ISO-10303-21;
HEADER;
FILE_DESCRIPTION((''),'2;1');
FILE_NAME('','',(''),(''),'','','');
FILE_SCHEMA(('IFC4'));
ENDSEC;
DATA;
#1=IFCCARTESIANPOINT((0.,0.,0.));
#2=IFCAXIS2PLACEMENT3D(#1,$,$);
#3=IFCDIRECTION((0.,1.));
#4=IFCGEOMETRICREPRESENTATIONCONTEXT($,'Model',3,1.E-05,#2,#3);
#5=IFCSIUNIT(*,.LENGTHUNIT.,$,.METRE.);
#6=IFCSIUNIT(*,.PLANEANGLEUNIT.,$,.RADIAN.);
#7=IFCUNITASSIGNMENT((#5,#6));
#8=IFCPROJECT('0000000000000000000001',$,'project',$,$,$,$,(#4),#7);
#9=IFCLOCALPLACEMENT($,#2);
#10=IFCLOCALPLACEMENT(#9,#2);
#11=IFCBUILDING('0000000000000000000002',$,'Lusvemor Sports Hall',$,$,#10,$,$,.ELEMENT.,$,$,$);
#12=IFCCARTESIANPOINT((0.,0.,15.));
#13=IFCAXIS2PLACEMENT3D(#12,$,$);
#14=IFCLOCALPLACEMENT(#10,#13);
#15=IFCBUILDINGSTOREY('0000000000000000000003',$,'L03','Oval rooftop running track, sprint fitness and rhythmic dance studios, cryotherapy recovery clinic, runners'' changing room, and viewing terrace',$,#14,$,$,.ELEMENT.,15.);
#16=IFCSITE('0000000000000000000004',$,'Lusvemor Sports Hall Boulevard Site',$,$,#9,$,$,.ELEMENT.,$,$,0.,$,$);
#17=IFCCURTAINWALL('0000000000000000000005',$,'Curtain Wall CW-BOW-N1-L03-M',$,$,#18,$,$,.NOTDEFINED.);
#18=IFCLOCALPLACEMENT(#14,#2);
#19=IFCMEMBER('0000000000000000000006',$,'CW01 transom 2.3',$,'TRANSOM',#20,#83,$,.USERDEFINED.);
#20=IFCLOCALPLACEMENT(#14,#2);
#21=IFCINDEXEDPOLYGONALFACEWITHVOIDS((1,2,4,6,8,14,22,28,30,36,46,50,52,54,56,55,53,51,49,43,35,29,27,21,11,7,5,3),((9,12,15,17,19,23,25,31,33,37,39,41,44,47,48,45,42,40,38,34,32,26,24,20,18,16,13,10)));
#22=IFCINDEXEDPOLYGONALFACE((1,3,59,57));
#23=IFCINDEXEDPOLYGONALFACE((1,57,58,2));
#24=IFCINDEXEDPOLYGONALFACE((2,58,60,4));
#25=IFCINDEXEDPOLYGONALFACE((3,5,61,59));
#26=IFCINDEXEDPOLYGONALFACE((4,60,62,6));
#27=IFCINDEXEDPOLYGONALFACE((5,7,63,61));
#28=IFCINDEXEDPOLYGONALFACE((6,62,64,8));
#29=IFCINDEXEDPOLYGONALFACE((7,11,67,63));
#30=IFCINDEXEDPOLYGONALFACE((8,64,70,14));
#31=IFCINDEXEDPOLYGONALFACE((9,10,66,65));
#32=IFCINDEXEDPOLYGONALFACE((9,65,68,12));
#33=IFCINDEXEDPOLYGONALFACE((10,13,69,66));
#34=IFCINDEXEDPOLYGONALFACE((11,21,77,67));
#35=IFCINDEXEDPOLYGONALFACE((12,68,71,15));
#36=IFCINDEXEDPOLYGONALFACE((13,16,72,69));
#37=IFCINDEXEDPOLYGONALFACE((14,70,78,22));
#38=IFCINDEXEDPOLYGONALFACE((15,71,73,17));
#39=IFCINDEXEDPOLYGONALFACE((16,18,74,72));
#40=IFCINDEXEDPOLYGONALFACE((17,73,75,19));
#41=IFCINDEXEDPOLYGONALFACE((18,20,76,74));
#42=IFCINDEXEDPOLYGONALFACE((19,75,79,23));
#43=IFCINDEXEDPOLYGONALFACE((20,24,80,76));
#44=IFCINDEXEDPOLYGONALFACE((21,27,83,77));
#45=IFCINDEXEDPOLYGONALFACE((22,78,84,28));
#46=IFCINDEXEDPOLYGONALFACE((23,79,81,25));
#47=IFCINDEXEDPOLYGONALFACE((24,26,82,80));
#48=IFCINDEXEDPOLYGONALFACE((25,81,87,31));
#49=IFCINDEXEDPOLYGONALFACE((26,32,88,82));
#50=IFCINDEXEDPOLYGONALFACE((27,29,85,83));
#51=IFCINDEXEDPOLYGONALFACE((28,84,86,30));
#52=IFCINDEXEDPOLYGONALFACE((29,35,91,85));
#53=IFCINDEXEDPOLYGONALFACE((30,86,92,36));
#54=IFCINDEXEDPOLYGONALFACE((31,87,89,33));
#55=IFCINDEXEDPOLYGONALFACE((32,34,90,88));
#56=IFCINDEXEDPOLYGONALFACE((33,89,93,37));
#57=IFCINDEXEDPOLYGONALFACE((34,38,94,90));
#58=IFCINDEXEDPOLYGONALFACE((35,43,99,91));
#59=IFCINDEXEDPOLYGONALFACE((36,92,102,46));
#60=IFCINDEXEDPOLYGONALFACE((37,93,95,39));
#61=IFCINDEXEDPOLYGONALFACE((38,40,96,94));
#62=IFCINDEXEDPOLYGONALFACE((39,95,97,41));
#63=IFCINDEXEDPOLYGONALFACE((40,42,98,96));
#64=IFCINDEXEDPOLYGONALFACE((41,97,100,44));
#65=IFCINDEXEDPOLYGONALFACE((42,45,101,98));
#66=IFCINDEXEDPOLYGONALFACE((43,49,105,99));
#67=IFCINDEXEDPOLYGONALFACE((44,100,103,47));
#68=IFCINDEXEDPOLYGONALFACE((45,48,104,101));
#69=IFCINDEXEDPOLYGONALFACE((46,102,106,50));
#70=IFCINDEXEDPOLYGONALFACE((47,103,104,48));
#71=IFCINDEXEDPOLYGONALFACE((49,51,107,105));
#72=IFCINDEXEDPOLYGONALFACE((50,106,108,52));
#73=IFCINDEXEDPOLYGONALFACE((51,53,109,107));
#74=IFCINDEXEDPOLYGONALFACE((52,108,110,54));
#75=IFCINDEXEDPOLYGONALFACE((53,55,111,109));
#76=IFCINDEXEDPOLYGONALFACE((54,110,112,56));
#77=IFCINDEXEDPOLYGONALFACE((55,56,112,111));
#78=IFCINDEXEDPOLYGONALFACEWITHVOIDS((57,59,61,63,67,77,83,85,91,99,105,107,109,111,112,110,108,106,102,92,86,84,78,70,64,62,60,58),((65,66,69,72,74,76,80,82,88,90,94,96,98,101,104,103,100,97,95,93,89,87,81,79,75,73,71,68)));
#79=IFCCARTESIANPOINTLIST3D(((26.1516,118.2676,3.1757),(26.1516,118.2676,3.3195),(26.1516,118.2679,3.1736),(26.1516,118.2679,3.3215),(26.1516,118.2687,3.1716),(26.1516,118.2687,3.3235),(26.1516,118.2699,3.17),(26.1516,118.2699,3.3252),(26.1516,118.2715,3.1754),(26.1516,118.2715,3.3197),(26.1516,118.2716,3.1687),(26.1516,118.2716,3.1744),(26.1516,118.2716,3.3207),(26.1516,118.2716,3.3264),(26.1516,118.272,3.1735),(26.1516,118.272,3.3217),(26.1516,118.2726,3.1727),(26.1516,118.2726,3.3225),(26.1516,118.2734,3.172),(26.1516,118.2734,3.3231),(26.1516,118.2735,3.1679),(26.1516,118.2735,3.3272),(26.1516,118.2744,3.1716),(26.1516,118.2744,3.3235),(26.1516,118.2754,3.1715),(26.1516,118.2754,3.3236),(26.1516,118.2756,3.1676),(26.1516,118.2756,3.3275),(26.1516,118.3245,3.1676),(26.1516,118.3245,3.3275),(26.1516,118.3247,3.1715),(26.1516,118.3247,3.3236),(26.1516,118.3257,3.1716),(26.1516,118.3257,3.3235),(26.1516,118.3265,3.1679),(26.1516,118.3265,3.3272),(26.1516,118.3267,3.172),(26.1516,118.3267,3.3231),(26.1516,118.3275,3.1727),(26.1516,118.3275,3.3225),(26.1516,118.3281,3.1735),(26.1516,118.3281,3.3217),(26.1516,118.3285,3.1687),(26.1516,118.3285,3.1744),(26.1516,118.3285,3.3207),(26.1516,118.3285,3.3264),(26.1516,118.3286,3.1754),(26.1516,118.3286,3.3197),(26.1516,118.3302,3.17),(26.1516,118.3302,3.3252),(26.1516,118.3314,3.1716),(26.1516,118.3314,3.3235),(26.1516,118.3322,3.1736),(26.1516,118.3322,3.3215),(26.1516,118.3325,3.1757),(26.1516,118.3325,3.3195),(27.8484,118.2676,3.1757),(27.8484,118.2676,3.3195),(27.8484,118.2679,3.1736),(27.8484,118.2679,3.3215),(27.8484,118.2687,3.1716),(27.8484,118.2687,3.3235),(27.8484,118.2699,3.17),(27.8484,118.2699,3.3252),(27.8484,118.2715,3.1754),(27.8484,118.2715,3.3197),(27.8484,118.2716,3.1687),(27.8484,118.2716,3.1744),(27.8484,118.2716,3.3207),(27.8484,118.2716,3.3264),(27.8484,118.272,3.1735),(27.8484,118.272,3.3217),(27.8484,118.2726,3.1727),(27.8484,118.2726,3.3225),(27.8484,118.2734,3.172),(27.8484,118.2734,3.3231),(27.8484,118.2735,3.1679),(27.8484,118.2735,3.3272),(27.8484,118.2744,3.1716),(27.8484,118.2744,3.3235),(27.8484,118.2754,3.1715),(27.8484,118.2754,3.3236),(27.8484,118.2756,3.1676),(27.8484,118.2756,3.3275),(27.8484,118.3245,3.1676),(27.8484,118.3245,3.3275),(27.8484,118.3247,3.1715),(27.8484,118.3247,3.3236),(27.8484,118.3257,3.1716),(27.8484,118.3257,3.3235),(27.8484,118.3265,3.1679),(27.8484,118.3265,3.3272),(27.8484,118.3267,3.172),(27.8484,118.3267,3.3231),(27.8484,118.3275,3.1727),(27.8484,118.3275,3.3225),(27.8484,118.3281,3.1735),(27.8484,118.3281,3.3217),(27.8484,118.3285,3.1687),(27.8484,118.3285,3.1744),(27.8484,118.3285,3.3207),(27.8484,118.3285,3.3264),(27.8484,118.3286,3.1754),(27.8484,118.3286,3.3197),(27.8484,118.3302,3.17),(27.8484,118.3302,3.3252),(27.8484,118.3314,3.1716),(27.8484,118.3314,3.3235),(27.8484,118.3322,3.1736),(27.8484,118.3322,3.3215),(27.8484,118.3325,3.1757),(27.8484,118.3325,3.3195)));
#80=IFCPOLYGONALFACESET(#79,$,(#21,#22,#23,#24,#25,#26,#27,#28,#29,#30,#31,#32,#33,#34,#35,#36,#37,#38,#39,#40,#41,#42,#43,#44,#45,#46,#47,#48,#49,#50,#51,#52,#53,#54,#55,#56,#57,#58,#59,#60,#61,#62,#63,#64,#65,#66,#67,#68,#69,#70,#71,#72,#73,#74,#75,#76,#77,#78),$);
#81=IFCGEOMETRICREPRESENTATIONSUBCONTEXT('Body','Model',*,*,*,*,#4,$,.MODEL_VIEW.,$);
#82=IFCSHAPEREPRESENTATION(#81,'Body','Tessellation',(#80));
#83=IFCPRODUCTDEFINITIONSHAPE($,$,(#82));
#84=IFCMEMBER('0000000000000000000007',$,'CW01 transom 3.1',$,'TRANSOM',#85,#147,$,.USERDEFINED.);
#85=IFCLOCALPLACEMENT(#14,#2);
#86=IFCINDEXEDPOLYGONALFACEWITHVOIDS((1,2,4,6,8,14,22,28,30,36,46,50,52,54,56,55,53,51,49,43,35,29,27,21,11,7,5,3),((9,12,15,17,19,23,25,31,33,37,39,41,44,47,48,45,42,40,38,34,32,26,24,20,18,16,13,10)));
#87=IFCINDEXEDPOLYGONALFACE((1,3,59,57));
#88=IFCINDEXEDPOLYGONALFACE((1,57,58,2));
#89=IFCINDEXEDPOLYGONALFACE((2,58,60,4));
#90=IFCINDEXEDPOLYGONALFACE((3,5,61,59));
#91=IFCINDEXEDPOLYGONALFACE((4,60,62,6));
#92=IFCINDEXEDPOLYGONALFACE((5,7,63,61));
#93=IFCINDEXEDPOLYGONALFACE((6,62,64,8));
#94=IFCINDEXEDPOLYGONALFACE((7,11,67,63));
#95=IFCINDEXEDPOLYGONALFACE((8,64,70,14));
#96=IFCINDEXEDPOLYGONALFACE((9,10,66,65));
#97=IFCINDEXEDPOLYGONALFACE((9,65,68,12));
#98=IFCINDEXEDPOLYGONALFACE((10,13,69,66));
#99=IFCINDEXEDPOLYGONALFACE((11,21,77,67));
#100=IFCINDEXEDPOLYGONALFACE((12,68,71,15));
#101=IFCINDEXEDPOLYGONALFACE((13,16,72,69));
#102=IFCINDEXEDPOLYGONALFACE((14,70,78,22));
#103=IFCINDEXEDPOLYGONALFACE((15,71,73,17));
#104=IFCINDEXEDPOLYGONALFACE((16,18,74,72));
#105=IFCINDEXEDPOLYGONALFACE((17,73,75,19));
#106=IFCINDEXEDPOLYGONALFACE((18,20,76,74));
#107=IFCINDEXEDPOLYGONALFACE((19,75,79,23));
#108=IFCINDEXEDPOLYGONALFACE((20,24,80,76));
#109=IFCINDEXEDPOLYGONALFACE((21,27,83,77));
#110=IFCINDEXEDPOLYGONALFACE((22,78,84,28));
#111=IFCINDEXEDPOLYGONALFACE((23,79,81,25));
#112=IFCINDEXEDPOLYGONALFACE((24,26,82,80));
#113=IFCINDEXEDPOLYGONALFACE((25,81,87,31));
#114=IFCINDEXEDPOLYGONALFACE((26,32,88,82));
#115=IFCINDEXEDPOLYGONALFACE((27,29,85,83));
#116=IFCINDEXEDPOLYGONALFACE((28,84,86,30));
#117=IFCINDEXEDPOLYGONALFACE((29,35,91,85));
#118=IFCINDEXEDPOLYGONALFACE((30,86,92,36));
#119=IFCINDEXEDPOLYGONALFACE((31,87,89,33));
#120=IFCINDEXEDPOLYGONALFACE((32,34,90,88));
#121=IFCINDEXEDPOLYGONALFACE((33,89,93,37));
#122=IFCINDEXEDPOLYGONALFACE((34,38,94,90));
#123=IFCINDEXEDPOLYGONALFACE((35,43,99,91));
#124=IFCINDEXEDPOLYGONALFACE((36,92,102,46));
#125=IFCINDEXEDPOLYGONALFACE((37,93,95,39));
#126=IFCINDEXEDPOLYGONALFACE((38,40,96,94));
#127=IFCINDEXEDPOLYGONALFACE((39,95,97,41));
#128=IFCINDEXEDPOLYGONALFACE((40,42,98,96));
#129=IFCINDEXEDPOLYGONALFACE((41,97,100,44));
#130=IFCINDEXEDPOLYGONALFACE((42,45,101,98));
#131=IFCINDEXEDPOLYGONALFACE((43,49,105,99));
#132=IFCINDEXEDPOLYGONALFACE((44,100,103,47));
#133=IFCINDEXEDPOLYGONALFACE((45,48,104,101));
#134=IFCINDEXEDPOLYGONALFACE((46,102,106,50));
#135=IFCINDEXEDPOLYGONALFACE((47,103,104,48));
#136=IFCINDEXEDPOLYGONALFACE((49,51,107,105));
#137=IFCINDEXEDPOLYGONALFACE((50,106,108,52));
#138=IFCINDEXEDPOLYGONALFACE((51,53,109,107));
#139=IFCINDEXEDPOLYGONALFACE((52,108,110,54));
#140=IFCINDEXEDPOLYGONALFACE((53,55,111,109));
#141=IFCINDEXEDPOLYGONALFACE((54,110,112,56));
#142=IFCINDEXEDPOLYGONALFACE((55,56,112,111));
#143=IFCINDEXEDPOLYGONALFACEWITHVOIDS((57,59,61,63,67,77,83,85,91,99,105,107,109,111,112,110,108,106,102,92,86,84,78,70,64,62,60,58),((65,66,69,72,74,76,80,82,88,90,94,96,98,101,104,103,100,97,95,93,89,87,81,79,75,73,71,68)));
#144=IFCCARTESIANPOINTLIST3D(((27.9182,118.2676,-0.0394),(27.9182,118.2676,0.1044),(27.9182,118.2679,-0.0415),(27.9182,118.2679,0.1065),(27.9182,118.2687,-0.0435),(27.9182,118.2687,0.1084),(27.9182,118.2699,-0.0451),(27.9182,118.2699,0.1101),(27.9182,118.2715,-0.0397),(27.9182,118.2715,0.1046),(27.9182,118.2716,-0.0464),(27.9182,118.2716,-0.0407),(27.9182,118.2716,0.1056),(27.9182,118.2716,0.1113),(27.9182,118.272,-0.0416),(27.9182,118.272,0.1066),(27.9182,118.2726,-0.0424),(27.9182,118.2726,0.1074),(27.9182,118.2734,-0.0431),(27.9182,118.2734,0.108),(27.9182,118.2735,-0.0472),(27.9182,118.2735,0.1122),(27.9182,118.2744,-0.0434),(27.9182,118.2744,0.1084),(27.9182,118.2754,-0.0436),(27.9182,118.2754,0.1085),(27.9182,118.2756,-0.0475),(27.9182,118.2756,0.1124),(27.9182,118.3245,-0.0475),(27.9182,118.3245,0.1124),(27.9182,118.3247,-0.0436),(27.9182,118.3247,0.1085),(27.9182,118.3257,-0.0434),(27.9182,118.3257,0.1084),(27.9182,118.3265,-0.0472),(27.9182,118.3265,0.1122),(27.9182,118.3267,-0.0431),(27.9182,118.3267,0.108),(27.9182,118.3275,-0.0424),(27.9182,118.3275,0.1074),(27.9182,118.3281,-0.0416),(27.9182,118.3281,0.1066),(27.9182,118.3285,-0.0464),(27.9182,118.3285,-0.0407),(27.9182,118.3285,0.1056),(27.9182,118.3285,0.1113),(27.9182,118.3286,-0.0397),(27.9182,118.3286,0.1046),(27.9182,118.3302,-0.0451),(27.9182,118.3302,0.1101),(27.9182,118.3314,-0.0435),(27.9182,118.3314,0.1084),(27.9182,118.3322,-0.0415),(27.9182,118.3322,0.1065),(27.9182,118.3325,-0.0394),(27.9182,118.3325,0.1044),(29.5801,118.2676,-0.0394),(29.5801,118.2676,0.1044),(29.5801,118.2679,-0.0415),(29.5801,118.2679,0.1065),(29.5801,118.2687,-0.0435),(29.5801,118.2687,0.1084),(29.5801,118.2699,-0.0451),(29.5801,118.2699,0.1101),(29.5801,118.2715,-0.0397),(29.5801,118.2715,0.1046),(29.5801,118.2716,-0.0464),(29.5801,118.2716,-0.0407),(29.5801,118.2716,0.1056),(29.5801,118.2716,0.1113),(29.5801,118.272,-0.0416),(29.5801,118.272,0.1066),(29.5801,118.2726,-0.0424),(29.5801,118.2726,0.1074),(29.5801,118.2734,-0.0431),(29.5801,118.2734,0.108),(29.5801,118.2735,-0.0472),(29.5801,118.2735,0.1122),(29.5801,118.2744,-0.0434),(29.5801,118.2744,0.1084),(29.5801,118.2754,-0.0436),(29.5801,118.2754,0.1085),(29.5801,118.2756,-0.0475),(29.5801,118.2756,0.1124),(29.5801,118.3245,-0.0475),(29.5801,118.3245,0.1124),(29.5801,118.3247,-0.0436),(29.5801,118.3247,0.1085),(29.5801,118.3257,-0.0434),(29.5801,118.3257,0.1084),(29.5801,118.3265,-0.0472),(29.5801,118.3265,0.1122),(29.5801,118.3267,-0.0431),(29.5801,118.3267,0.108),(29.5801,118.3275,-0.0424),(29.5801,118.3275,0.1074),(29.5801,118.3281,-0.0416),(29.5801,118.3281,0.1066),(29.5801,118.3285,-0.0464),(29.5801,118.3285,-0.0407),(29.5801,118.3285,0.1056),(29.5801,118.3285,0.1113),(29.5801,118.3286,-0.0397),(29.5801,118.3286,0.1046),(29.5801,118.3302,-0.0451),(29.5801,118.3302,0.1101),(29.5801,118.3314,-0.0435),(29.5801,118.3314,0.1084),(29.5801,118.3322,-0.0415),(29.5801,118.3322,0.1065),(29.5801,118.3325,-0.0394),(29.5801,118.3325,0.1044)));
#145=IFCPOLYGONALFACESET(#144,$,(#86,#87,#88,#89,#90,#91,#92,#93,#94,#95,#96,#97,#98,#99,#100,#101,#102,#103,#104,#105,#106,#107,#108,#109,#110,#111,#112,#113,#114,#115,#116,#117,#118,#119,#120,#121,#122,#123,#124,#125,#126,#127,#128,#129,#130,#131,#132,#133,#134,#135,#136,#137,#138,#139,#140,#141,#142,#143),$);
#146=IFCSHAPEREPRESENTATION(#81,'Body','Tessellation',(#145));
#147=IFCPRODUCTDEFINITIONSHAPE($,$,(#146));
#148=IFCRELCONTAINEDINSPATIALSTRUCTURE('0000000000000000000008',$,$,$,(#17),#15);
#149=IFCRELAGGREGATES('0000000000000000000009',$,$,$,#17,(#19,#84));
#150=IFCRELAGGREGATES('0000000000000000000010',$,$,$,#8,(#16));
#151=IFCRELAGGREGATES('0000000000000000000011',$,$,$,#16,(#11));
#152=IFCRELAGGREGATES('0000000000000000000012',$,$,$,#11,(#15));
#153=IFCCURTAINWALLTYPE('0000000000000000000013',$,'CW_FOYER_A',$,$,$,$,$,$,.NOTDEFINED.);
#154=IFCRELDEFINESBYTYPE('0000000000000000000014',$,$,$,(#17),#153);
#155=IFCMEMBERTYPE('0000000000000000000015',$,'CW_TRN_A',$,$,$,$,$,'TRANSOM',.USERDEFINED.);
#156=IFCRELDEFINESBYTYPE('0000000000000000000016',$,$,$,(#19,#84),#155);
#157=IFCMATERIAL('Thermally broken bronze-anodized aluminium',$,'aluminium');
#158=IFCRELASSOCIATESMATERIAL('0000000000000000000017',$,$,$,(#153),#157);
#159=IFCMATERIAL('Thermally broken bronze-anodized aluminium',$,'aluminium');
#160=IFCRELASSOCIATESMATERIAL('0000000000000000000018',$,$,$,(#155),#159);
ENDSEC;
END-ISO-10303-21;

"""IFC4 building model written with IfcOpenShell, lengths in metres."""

from ifc_helpers import new_model, si_unit, direction, frame, origin, origin_2d, place, context, subcontext, project, spatial, hollow_rectangle, extrude, material, material_profile, profile_set, type_object, element, aggregate, save


model = new_model("IFC4")

# Units and contexts
model_context = context("Model", 3, precision=1e-05, world=origin(), true_north=direction((0.0, 1.0)))
body_context = subcontext(model_context, "Body", "Model", "MODEL_VIEW")
ifc_project = project(units=[si_unit("LENGTHUNIT", "METRE"), si_unit("PLANEANGLEUNIT", "RADIAN")], contexts=[model_context])

# Site, building, storey
site_placement = place(None, origin())
site = spatial("IfcSite", under=ifc_project, at=site_placement, Name="Lusvemor Sports Hall Boulevard Site", CompositionType="ELEMENT", RefElevation=0.0)
building_placement = place(site_placement, origin())
building = spatial("IfcBuilding", under=site, at=building_placement, Name="Lusvemor Sports Hall", CompositionType="ELEMENT")
storey_placement = place(building_placement, frame((0.0, 0.0, 15.0)))
storey = spatial("IfcBuildingStorey", under=building, at=storey_placement, Name="L03", Description="Oval rooftop running track, sprint fitness and rhythmic dance studios, cryotherapy recovery clinic, runners' changing room, and viewing terrace", CompositionType="ELEMENT", Elevation=15.0)

# Curtain wall, members
ifc_material_1 = material(Name="Thermally broken bronze-anodized aluminium", Category="aluminium")
curtain_wall_type = type_object("IfcCurtainWallType", Name="CW_FOYER_A", PredefinedType="NOTDEFINED", material=ifc_material_1)
curtain_wall_placement = place(storey_placement, origin())
curtain_wall = element("IfcCurtainWall", 1, at=curtain_wall_placement, inside=storey, type_object=curtain_wall_type, Name="Curtain Wall CW-BOW-N1-L03-M", PredefinedType="NOTDEFINED")
ifc_material_2 = material(Name="Thermally broken bronze-anodized aluminium", Category="aluminium")
ifc_material_profile_1 = material_profile(ifc_material_2, hollow_rectangle(XDim=0.0649, YDim=0.1599, WallThickness=0.0039, InnerFilletRadius=0.0039, OuterFilletRadius=0.0081, at=origin_2d()), Name="CWTRN160x65x4")
ifc_profile_set_1 = profile_set([ifc_material_profile_1], Name="Thermally broken bronze-anodized aluminium")
member_type_1 = type_object("IfcMemberType", Name="CW_TRN_A", ElementType="TRANSOM", PredefinedType="USERDEFINED", material=ifc_profile_set_1)
member_1_placement = place(storey_placement, frame((26.1516, 118.3, 3.2476), z_axis=(1.0, 0.0, 0.0), x_axis=(0.0, 1.0, 0.0)))
member_1 = element("IfcMember", 2, at=member_1_placement, type_object=member_type_1, Name="CW01 transom 2.3", ObjectType="TRANSOM", PredefinedType="USERDEFINED", context=body_context, shape_type="SweptSolid", body=[
    extrude(hollow_rectangle(XDim=0.0649, YDim=0.1599, WallThickness=0.0039, InnerFilletRadius=0.0039, OuterFilletRadius=0.0081, at=origin_2d()), origin(), (0.0, 0.0, 1.0), 1.6968),
])
member_2_placement = place(storey_placement, frame((27.9182, 118.3, 0.0325), z_axis=(1.0, 0.0, 0.0), x_axis=(0.0, 1.0, 0.0)))
member_2 = element("IfcMember", 3, at=member_2_placement, type_object=member_type_1, Name="CW01 transom 3.1", ObjectType="TRANSOM", PredefinedType="USERDEFINED", context=body_context, shape_type="SweptSolid", body=[
    extrude(hollow_rectangle(XDim=0.0649, YDim=0.1599, WallThickness=0.0039, InnerFilletRadius=0.0039, OuterFilletRadius=0.0081, at=origin_2d()), origin(), (0.0, 0.0, 1.0), 1.6619),
])

aggregate(curtain_wall, [member_1, member_2])

save(model, "model.ifc")
